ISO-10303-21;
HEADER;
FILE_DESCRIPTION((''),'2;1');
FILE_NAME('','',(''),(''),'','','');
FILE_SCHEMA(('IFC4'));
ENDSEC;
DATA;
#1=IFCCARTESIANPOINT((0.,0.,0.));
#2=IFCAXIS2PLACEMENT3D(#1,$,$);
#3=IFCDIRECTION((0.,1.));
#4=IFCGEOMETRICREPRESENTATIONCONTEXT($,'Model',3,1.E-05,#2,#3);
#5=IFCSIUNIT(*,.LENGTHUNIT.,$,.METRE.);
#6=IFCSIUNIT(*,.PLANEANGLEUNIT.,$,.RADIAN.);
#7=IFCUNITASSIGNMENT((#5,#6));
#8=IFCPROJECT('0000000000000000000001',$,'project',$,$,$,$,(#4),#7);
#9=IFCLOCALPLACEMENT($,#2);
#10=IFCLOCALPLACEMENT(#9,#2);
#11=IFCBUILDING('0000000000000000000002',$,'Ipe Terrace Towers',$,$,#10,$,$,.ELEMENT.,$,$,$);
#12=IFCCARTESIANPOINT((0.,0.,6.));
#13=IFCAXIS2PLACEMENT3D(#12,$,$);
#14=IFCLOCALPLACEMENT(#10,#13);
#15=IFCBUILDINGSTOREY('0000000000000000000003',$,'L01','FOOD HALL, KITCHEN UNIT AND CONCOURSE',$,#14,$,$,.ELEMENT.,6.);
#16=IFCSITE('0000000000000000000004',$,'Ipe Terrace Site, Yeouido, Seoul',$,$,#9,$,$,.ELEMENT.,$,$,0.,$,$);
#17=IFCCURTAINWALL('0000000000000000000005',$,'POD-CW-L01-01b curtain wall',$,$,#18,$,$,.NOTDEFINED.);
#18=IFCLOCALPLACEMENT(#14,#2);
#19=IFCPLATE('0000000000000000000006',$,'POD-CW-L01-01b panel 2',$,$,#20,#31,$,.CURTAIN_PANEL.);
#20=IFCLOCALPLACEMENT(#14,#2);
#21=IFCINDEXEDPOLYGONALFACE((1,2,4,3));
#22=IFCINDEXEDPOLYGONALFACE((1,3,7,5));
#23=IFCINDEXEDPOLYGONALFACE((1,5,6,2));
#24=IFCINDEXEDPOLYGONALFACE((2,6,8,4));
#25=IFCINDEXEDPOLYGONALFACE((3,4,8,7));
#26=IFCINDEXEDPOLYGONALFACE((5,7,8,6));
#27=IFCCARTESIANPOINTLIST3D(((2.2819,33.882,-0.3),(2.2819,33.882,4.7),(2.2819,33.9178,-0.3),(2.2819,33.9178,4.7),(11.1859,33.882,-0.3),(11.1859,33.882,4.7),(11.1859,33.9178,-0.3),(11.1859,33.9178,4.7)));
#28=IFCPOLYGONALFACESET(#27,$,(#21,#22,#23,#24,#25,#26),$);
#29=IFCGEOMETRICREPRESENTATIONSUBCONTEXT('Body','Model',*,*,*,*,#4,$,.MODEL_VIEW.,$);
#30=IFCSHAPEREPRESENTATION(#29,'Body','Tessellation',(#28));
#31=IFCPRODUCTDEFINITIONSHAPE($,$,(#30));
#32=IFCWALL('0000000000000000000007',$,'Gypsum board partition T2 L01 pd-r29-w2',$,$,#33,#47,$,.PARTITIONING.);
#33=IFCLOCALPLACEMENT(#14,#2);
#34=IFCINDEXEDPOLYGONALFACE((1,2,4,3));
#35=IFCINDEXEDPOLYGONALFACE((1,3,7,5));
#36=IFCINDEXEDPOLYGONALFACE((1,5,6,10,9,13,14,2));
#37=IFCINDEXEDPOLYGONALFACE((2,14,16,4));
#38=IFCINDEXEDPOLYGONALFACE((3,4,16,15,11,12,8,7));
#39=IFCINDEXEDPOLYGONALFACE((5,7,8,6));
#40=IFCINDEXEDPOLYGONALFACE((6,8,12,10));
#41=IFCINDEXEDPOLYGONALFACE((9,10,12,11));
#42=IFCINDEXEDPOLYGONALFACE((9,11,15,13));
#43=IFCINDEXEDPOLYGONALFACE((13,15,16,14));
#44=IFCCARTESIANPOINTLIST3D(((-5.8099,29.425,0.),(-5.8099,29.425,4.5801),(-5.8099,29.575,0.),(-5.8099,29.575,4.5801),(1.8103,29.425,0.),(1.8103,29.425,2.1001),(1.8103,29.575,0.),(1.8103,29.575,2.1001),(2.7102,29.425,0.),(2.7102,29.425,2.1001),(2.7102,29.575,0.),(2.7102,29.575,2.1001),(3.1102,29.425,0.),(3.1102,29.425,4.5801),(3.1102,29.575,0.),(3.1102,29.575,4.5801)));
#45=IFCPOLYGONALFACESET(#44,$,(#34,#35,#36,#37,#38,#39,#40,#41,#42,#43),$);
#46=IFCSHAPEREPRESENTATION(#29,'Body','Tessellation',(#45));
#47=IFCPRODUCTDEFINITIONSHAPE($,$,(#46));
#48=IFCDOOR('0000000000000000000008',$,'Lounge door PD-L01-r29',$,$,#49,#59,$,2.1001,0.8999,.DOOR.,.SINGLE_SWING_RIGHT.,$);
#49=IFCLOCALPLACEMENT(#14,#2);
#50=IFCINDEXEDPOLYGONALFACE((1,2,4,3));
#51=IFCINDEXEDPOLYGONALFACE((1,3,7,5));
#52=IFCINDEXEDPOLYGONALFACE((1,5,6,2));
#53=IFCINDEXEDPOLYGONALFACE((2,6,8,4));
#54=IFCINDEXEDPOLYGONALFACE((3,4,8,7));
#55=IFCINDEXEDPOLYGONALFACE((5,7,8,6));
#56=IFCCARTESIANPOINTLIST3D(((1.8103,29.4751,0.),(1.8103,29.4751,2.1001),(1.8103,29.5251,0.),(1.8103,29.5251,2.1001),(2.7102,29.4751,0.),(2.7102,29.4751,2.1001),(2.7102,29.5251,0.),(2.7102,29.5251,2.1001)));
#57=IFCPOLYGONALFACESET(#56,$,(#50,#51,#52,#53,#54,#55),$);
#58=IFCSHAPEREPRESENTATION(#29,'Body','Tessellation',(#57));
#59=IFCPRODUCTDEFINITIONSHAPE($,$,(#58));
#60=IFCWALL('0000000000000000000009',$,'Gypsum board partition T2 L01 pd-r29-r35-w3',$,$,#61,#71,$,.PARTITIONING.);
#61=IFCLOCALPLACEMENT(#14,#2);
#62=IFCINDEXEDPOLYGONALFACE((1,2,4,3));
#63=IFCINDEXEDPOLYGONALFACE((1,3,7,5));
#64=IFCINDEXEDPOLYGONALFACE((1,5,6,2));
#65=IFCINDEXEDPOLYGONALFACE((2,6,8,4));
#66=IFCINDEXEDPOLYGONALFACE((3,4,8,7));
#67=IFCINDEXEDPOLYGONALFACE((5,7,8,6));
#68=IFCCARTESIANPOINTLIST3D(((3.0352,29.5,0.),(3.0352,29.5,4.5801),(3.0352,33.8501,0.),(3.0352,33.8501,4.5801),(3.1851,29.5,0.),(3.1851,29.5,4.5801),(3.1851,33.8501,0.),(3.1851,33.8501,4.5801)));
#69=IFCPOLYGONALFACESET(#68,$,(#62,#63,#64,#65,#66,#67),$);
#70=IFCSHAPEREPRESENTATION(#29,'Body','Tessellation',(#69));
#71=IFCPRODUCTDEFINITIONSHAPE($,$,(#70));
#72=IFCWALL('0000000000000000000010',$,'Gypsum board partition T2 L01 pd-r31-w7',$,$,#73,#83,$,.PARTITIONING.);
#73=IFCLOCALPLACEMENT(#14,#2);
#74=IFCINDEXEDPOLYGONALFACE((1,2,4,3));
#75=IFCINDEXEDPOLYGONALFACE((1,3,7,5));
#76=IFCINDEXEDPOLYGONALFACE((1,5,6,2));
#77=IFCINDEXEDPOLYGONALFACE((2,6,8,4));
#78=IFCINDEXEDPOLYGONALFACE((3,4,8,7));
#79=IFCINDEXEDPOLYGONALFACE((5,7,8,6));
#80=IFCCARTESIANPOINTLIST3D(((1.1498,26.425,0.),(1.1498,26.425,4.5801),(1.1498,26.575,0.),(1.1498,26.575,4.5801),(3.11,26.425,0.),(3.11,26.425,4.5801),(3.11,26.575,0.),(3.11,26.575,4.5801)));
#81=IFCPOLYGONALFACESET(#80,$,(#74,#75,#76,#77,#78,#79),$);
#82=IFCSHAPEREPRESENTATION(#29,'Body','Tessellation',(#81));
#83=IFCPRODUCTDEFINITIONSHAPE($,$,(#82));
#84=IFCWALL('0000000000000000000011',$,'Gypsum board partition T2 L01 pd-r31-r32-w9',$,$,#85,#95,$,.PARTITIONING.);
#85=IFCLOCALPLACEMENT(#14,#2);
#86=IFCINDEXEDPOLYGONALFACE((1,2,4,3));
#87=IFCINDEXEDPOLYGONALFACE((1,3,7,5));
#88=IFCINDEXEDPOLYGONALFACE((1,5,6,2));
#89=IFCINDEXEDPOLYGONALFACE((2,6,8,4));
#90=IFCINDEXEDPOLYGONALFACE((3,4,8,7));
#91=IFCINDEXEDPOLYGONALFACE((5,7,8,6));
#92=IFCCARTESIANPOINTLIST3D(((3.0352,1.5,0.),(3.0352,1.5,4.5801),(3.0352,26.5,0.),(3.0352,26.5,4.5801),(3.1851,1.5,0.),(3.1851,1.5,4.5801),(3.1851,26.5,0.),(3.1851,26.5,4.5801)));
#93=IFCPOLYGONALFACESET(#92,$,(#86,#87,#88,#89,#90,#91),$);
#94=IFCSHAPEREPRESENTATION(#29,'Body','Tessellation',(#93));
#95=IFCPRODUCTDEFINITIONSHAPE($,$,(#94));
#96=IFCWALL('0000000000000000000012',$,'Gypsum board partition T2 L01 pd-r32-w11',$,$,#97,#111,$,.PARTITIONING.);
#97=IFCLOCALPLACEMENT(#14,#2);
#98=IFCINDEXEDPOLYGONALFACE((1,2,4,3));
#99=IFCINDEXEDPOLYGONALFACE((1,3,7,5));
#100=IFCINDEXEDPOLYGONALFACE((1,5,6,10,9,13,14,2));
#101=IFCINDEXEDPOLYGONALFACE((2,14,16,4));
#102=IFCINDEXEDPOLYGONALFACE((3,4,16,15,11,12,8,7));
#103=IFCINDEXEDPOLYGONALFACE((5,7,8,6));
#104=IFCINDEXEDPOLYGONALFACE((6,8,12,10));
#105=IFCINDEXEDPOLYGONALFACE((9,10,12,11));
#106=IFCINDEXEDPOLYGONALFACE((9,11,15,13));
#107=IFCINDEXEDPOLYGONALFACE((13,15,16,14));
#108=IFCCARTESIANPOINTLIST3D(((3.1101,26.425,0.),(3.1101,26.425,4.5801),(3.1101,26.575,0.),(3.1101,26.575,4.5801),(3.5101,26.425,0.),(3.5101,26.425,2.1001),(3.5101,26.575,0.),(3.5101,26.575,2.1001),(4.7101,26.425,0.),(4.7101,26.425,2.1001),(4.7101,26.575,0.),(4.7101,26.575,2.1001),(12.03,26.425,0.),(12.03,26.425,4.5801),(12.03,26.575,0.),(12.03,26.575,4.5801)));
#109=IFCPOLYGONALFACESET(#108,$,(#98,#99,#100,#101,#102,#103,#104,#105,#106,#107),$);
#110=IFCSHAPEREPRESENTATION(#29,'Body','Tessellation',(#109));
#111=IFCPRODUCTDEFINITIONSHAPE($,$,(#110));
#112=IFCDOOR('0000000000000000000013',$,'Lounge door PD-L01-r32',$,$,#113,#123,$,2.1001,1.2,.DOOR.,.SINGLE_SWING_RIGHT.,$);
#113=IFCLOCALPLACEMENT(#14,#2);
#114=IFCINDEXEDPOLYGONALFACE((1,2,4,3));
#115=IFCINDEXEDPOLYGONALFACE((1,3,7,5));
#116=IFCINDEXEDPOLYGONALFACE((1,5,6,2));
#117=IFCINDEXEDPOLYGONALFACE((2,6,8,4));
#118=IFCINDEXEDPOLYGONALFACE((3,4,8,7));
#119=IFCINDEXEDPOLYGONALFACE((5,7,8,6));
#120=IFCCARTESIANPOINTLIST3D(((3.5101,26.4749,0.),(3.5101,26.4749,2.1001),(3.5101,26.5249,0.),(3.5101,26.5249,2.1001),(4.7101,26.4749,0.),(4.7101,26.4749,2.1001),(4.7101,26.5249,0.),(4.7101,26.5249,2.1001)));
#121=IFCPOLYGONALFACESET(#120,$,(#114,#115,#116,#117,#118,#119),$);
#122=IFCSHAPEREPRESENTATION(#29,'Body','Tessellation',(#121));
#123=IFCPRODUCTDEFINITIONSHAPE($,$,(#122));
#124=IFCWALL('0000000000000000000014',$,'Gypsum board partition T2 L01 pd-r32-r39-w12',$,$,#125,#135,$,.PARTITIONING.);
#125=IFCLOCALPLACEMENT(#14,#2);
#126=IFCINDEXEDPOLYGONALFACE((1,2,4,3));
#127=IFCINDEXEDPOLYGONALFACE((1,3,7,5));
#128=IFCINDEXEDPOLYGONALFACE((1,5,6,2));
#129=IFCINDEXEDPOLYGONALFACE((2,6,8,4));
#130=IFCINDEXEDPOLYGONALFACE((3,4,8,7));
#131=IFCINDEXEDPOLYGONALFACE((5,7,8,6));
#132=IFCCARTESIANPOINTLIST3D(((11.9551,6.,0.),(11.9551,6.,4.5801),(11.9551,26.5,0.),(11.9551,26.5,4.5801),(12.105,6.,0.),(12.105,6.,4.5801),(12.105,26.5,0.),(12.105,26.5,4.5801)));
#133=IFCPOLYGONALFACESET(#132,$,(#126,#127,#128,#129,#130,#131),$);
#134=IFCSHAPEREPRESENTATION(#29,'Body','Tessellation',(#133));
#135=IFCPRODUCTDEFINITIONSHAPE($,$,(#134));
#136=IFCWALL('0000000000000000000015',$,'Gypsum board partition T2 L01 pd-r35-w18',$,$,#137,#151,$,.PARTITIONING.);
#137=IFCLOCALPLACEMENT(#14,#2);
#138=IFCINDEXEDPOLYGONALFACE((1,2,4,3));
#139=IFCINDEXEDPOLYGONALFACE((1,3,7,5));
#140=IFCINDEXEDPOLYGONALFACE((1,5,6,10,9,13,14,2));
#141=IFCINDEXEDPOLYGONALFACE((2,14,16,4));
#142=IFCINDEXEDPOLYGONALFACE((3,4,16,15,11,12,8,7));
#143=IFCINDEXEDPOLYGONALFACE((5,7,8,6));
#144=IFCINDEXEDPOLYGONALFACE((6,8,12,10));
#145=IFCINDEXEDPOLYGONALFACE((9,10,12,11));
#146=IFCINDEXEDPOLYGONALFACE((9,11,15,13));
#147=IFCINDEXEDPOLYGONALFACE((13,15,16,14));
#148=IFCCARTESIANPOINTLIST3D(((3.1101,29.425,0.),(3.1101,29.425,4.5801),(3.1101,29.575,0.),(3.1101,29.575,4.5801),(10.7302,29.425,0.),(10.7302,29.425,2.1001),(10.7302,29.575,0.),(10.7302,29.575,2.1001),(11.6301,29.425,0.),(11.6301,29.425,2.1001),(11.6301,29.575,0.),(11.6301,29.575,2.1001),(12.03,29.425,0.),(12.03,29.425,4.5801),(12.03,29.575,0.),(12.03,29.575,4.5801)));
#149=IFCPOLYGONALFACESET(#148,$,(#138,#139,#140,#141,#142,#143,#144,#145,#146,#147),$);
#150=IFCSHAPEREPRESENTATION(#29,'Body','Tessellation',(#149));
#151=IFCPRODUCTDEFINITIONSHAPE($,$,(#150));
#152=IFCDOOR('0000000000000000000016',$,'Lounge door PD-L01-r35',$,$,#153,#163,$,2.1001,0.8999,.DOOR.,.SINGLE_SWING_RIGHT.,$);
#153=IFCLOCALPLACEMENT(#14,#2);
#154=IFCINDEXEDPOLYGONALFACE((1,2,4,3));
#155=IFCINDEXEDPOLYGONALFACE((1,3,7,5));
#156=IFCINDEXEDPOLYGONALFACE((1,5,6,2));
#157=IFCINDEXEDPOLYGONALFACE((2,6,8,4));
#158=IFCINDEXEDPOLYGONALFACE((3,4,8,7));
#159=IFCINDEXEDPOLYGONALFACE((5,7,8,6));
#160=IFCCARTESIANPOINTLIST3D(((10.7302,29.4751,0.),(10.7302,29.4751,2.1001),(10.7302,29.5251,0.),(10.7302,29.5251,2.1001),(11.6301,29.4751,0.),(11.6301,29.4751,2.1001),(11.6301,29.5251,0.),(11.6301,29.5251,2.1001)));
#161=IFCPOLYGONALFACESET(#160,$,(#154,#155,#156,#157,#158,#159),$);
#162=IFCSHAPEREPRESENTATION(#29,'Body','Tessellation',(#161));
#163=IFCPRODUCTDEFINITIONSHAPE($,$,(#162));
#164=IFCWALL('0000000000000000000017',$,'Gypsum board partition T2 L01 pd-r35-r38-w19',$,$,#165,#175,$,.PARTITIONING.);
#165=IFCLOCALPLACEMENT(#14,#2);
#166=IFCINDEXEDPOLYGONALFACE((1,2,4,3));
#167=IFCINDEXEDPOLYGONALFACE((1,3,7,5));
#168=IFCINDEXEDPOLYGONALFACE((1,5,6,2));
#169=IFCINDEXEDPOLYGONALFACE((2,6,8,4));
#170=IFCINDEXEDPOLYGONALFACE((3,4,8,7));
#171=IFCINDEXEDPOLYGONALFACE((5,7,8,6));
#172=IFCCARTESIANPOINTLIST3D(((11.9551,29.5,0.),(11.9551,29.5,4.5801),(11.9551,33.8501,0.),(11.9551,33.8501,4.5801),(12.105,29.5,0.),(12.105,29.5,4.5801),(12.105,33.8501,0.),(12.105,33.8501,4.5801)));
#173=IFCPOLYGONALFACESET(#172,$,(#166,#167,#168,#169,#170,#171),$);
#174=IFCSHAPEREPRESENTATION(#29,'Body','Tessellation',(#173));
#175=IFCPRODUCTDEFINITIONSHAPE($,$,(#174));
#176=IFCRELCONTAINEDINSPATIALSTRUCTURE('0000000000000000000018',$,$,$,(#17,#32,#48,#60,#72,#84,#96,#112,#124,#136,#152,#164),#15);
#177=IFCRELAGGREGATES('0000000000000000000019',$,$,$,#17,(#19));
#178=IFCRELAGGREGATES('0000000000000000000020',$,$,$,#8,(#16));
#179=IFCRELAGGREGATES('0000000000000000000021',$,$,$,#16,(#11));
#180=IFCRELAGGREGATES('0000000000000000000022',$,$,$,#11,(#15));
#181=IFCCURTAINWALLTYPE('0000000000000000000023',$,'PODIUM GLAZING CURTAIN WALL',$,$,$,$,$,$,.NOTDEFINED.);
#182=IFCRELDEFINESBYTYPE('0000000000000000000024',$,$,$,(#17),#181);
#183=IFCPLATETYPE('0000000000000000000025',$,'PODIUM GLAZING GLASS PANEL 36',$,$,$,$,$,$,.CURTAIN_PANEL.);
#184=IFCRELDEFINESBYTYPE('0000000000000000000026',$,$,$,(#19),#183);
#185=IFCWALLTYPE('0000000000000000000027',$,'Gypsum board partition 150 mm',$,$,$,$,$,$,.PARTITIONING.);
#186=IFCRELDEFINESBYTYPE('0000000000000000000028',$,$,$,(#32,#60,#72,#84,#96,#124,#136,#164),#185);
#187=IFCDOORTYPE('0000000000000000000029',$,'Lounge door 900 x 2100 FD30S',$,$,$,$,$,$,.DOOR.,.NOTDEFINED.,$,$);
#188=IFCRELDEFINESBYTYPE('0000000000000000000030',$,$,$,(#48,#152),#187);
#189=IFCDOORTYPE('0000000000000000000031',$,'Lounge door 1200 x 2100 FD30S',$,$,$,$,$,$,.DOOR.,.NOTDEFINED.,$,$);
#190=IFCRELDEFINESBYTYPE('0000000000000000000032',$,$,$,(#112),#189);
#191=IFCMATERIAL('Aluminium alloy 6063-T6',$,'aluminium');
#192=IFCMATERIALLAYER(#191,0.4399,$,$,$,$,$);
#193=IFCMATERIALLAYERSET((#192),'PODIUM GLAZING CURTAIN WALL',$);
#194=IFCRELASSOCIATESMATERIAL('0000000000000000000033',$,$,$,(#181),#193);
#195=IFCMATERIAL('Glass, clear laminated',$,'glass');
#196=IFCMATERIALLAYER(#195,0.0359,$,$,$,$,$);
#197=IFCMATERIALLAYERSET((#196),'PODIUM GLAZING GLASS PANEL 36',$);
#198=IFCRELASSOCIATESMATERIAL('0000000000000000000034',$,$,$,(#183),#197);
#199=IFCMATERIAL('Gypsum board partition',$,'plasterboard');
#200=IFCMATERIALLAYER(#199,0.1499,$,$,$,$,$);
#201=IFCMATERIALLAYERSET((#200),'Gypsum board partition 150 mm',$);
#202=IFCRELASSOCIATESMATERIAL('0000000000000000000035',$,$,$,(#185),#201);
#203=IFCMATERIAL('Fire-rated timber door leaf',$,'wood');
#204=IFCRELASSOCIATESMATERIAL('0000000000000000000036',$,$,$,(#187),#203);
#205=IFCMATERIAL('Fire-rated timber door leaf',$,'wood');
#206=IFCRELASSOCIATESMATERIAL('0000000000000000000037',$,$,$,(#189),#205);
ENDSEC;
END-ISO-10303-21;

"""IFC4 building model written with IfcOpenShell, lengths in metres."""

from ifc_helpers import new_model, si_unit, direction, frame, frame_2d, origin, origin_2d, place, context, subcontext, project, spatial, rectangle, extrude, material, layer, layer_set, type_object, element, fill, aggregate, save


model = new_model("IFC4")

# Units and contexts
model_context = context("Model", 3, precision=1e-05, world=origin(), true_north=direction((0.0, 1.0)))
body_context = subcontext(model_context, "Body", "Model", "MODEL_VIEW")
ifc_project = project(units=[si_unit("LENGTHUNIT", "METRE"), si_unit("PLANEANGLEUNIT", "RADIAN")], contexts=[model_context])

# Site, building, storey
site_placement = place(None, origin())
site = spatial("IfcSite", under=ifc_project, at=site_placement, Name="Ipe Terrace Site, Yeouido, Seoul", CompositionType="ELEMENT", RefElevation=0.0)
building_placement = place(site_placement, origin())
building = spatial("IfcBuilding", under=site, at=building_placement, Name="Ipe Terrace Towers", CompositionType="ELEMENT")
storey_placement = place(building_placement, frame((0.0, 0.0, 6.0)))
storey = spatial("IfcBuildingStorey", under=building, at=storey_placement, Name="L01", Description="FOOD HALL, KITCHEN UNIT AND CONCOURSE", CompositionType="ELEMENT", Elevation=6.0)

# Curtain wall, plate
ifc_material_1 = material(Name="Aluminium alloy 6063-T6", Category="aluminium")
ifc_layer_1 = layer(ifc_material_1, 0.4399)
ifc_layer_set_1 = layer_set([ifc_layer_1], Name="PODIUM GLAZING CURTAIN WALL")
curtain_wall_type = type_object("IfcCurtainWallType", Name="PODIUM GLAZING CURTAIN WALL", PredefinedType="NOTDEFINED", material=ifc_layer_set_1)
curtain_wall_placement = place(storey_placement, origin())
curtain_wall = element("IfcCurtainWall", 1, at=curtain_wall_placement, inside=storey, type_object=curtain_wall_type, Name="POD-CW-L01-01b curtain wall", PredefinedType="NOTDEFINED")
ifc_material_2 = material(Name="Glass, clear laminated", Category="glass")
ifc_layer_2 = layer(ifc_material_2, 0.0359)
ifc_layer_set_2 = layer_set([ifc_layer_2], Name="PODIUM GLAZING GLASS PANEL 36")
plate_type = type_object("IfcPlateType", Name="PODIUM GLAZING GLASS PANEL 36", PredefinedType="CURTAIN_PANEL", material=ifc_layer_set_2)
plate_1_placement = place(storey_placement, frame((6.7339, 33.8999, -0.3), z_axis=(0.0, 0.0, 1.0), x_axis=(-1.0, 0.0, 0.0)))
plate_1 = element("IfcPlate", 2, at=plate_1_placement, type_object=plate_type, Name="POD-CW-L01-01b panel 2", PredefinedType="CURTAIN_PANEL", context=body_context, shape_type="SweptSolid", body=[
    extrude(rectangle(XDim=8.9041, YDim=0.0359, at=origin_2d()), origin(), (0.0, 0.0, 1.0), 5.0),
])
aggregate(curtain_wall, [plate_1])

# Wall, opening, door
ifc_material_3 = material(Name="Gypsum board partition", Category="plasterboard")
ifc_layer_3 = layer(ifc_material_3, 0.1499)
ifc_layer_set_3 = layer_set([ifc_layer_3], Name="Gypsum board partition 150 mm")
wall_type_1 = type_object("IfcWallType", Name="Gypsum board partition 150 mm", PredefinedType="PARTITIONING", material=ifc_layer_set_3)
wall_1_placement = place(storey_placement, frame((3.1101, 29.5, 0.0), z_axis=(0.0, 0.0, 1.0), x_axis=(-1.0, 0.0, 0.0)))
wall_1 = element("IfcWall", 3, at=wall_1_placement, inside=storey, type_object=wall_type_1, Name="Gypsum board partition T2 L01 pd-r29-w2", PredefinedType="PARTITIONING", context=body_context, shape_type="SweptSolid", body=[
    extrude(rectangle(XDim=8.9202, YDim=0.1499, at=frame_2d((4.46, 0.0))), origin(), (0.0, 0.0, 1.0), 4.5801),
])
opening_1_placement = place(wall_1_placement, frame((0.3999, 0.0, 0.0)))
opening_1 = element("IfcOpeningElement", 4, at=opening_1_placement, cuts=wall_1, PredefinedType="OPENING", context=body_context, shape_type="SweptSolid", body=[
    extrude(rectangle(XDim=0.8999, YDim=2.1001, at=frame_2d((0.45, 1.05))), frame((0.0, 0.085, 0.0), z_axis=(0.0, -1.0, 0.0), x_axis=(1.0, 0.0, 0.0)), (0.0, 0.0, 1.0), 0.1699),
])
ifc_material_4 = material(Name="Fire-rated timber door leaf", Category="wood")
door_type_1 = type_object("IfcDoorType", Name="Lounge door 900 x 2100 FD30S", OperationType="NOTDEFINED", PredefinedType="DOOR", material=ifc_material_4)
door_1_placement = place(opening_1_placement, origin())
door_1 = element("IfcDoor", 5, at=door_1_placement, inside=storey, type_object=door_type_1, Name="Lounge door PD-L01-r29", OperationType="SINGLE_SWING_RIGHT", OverallHeight=2.1001, OverallWidth=0.8999, PredefinedType="DOOR", context=body_context, shape_type="SweptSolid", body=[
    extrude(rectangle(XDim=0.8999, YDim=2.1001, at=frame_2d((0.45, 1.05))), frame((0.0, 0.0249, 0.0), z_axis=(0.0, -1.0, 0.0), x_axis=(1.0, 0.0, 0.0)), (0.0, 0.0, 1.0), 0.05),
])
fill(opening_1, door_1)

# Walls
wall_2_placement = place(storey_placement, frame((3.1101, 33.8501, 0.0), z_axis=(0.0, 0.0, 1.0), x_axis=(0.0, -1.0, 0.0)))
element("IfcWall", 6, at=wall_2_placement, inside=storey, type_object=wall_type_1, Name="Gypsum board partition T2 L01 pd-r29-r35-w3", PredefinedType="PARTITIONING", context=body_context, shape_type="SweptSolid", body=[
    extrude(rectangle(XDim=4.3501, YDim=0.1499, at=frame_2d((2.175, 0.0))), origin(), (0.0, 0.0, 1.0), 4.5801),
])
wall_3_placement = place(storey_placement, frame((1.1499, 26.5, 0.0), z_axis=(0.0, 0.0, 1.0), x_axis=(1.0, 0.0, 0.0)))
element("IfcWall", 7, at=wall_3_placement, inside=storey, type_object=wall_type_1, Name="Gypsum board partition T2 L01 pd-r31-w7", PredefinedType="PARTITIONING", context=body_context, shape_type="SweptSolid", body=[
    extrude(rectangle(XDim=1.9602, YDim=0.1499, at=frame_2d((0.98, 0.0))), origin(), (0.0, 0.0, 1.0), 4.5801),
])
wall_4_placement = place(storey_placement, frame((3.1101, 26.5, 0.0), z_axis=(0.0, 0.0, 1.0), x_axis=(0.0, -1.0, 0.0)))
element("IfcWall", 8, at=wall_4_placement, inside=storey, type_object=wall_type_1, Name="Gypsum board partition T2 L01 pd-r31-r32-w9", PredefinedType="PARTITIONING", context=body_context, shape_type="SweptSolid", body=[
    extrude(rectangle(XDim=25.0, YDim=0.1499, at=frame_2d((12.5, 0.0))), origin(), (0.0, 0.0, 1.0), 4.5801),
])

# Wall, opening, door
wall_5_placement = place(storey_placement, frame((3.1101, 26.5, 0.0), z_axis=(0.0, 0.0, 1.0), x_axis=(1.0, 0.0, 0.0)))
wall_5 = element("IfcWall", 9, at=wall_5_placement, inside=storey, type_object=wall_type_1, Name="Gypsum board partition T2 L01 pd-r32-w11", PredefinedType="PARTITIONING", context=body_context, shape_type="SweptSolid", body=[
    extrude(rectangle(XDim=8.9199, YDim=0.1499, at=frame_2d((4.46, 0.0))), origin(), (0.0, 0.0, 1.0), 4.5801),
])
opening_2_placement = place(wall_5_placement, frame((0.3999, 0.0, 0.0)))
opening_2 = element("IfcOpeningElement", 10, at=opening_2_placement, cuts=wall_5, PredefinedType="OPENING", context=body_context, shape_type="SweptSolid", body=[
    extrude(rectangle(XDim=1.2, YDim=2.1001, at=frame_2d((0.6001, 1.05))), frame((0.0, 0.085, 0.0), z_axis=(0.0, -1.0, 0.0), x_axis=(1.0, 0.0, 0.0)), (0.0, 0.0, 1.0), 0.1699),
])
ifc_material_5 = material(Name="Fire-rated timber door leaf", Category="wood")
door_type_2 = type_object("IfcDoorType", Name="Lounge door 1200 x 2100 FD30S", OperationType="NOTDEFINED", PredefinedType="DOOR", material=ifc_material_5)
door_2_placement = place(opening_2_placement, origin())
door_2 = element("IfcDoor", 11, at=door_2_placement, inside=storey, type_object=door_type_2, Name="Lounge door PD-L01-r32", OperationType="SINGLE_SWING_RIGHT", OverallHeight=2.1001, OverallWidth=1.2, PredefinedType="DOOR", context=body_context, shape_type="SweptSolid", body=[
    extrude(rectangle(XDim=1.2, YDim=2.1001, at=frame_2d((0.6001, 1.05))), frame((0.0, 0.0249, 0.0), z_axis=(0.0, -1.0, 0.0), x_axis=(1.0, 0.0, 0.0)), (0.0, 0.0, 1.0), 0.05),
])
fill(opening_2, door_2)

# Wall
wall_6_placement = place(storey_placement, frame((12.03, 26.5, 0.0), z_axis=(0.0, 0.0, 1.0), x_axis=(0.0, -1.0, 0.0)))
element("IfcWall", 12, at=wall_6_placement, inside=storey, type_object=wall_type_1, Name="Gypsum board partition T2 L01 pd-r32-r39-w12", PredefinedType="PARTITIONING", context=body_context, shape_type="SweptSolid", body=[
    extrude(rectangle(XDim=20.5, YDim=0.1499, at=frame_2d((10.25, 0.0))), origin(), (0.0, 0.0, 1.0), 4.5801),
])

# Wall, opening, door
wall_7_placement = place(storey_placement, frame((12.03, 29.5, 0.0), z_axis=(0.0, 0.0, 1.0), x_axis=(-1.0, 0.0, 0.0)))
wall_7 = element("IfcWall", 13, at=wall_7_placement, inside=storey, type_object=wall_type_1, Name="Gypsum board partition T2 L01 pd-r35-w18", PredefinedType="PARTITIONING", context=body_context, shape_type="SweptSolid", body=[
    extrude(rectangle(XDim=8.9199, YDim=0.1499, at=frame_2d((4.46, 0.0))), origin(), (0.0, 0.0, 1.0), 4.5801),
])
opening_3_placement = place(wall_7_placement, frame((0.3999, 0.0, 0.0)))
opening_3 = element("IfcOpeningElement", 14, at=opening_3_placement, cuts=wall_7, PredefinedType="OPENING", context=body_context, shape_type="SweptSolid", body=[
    extrude(rectangle(XDim=0.8999, YDim=2.1001, at=frame_2d((0.45, 1.05))), frame((0.0, 0.085, 0.0), z_axis=(0.0, -1.0, 0.0), x_axis=(1.0, 0.0, 0.0)), (0.0, 0.0, 1.0), 0.1699),
])
door_3_placement = place(opening_3_placement, origin())
door_3 = element("IfcDoor", 15, at=door_3_placement, inside=storey, type_object=door_type_1, Name="Lounge door PD-L01-r35", OperationType="SINGLE_SWING_RIGHT", OverallHeight=2.1001, OverallWidth=0.8999, PredefinedType="DOOR", context=body_context, shape_type="SweptSolid", body=[
    extrude(rectangle(XDim=0.8999, YDim=2.1001, at=frame_2d((0.45, 1.05))), frame((0.0, 0.0249, 0.0), z_axis=(0.0, -1.0, 0.0), x_axis=(1.0, 0.0, 0.0)), (0.0, 0.0, 1.0), 0.05),
])
fill(opening_3, door_3)

# Wall
wall_8_placement = place(storey_placement, frame((12.03, 33.8501, 0.0), z_axis=(0.0, 0.0, 1.0), x_axis=(0.0, -1.0, 0.0)))
element("IfcWall", 16, at=wall_8_placement, inside=storey, type_object=wall_type_1, Name="Gypsum board partition T2 L01 pd-r35-r38-w19", PredefinedType="PARTITIONING", context=body_context, shape_type="SweptSolid", body=[
    extrude(rectangle(XDim=4.3501, YDim=0.1499, at=frame_2d((2.175, 0.0))), origin(), (0.0, 0.0, 1.0), 4.5801),
])

save(model, "model.ifc")
